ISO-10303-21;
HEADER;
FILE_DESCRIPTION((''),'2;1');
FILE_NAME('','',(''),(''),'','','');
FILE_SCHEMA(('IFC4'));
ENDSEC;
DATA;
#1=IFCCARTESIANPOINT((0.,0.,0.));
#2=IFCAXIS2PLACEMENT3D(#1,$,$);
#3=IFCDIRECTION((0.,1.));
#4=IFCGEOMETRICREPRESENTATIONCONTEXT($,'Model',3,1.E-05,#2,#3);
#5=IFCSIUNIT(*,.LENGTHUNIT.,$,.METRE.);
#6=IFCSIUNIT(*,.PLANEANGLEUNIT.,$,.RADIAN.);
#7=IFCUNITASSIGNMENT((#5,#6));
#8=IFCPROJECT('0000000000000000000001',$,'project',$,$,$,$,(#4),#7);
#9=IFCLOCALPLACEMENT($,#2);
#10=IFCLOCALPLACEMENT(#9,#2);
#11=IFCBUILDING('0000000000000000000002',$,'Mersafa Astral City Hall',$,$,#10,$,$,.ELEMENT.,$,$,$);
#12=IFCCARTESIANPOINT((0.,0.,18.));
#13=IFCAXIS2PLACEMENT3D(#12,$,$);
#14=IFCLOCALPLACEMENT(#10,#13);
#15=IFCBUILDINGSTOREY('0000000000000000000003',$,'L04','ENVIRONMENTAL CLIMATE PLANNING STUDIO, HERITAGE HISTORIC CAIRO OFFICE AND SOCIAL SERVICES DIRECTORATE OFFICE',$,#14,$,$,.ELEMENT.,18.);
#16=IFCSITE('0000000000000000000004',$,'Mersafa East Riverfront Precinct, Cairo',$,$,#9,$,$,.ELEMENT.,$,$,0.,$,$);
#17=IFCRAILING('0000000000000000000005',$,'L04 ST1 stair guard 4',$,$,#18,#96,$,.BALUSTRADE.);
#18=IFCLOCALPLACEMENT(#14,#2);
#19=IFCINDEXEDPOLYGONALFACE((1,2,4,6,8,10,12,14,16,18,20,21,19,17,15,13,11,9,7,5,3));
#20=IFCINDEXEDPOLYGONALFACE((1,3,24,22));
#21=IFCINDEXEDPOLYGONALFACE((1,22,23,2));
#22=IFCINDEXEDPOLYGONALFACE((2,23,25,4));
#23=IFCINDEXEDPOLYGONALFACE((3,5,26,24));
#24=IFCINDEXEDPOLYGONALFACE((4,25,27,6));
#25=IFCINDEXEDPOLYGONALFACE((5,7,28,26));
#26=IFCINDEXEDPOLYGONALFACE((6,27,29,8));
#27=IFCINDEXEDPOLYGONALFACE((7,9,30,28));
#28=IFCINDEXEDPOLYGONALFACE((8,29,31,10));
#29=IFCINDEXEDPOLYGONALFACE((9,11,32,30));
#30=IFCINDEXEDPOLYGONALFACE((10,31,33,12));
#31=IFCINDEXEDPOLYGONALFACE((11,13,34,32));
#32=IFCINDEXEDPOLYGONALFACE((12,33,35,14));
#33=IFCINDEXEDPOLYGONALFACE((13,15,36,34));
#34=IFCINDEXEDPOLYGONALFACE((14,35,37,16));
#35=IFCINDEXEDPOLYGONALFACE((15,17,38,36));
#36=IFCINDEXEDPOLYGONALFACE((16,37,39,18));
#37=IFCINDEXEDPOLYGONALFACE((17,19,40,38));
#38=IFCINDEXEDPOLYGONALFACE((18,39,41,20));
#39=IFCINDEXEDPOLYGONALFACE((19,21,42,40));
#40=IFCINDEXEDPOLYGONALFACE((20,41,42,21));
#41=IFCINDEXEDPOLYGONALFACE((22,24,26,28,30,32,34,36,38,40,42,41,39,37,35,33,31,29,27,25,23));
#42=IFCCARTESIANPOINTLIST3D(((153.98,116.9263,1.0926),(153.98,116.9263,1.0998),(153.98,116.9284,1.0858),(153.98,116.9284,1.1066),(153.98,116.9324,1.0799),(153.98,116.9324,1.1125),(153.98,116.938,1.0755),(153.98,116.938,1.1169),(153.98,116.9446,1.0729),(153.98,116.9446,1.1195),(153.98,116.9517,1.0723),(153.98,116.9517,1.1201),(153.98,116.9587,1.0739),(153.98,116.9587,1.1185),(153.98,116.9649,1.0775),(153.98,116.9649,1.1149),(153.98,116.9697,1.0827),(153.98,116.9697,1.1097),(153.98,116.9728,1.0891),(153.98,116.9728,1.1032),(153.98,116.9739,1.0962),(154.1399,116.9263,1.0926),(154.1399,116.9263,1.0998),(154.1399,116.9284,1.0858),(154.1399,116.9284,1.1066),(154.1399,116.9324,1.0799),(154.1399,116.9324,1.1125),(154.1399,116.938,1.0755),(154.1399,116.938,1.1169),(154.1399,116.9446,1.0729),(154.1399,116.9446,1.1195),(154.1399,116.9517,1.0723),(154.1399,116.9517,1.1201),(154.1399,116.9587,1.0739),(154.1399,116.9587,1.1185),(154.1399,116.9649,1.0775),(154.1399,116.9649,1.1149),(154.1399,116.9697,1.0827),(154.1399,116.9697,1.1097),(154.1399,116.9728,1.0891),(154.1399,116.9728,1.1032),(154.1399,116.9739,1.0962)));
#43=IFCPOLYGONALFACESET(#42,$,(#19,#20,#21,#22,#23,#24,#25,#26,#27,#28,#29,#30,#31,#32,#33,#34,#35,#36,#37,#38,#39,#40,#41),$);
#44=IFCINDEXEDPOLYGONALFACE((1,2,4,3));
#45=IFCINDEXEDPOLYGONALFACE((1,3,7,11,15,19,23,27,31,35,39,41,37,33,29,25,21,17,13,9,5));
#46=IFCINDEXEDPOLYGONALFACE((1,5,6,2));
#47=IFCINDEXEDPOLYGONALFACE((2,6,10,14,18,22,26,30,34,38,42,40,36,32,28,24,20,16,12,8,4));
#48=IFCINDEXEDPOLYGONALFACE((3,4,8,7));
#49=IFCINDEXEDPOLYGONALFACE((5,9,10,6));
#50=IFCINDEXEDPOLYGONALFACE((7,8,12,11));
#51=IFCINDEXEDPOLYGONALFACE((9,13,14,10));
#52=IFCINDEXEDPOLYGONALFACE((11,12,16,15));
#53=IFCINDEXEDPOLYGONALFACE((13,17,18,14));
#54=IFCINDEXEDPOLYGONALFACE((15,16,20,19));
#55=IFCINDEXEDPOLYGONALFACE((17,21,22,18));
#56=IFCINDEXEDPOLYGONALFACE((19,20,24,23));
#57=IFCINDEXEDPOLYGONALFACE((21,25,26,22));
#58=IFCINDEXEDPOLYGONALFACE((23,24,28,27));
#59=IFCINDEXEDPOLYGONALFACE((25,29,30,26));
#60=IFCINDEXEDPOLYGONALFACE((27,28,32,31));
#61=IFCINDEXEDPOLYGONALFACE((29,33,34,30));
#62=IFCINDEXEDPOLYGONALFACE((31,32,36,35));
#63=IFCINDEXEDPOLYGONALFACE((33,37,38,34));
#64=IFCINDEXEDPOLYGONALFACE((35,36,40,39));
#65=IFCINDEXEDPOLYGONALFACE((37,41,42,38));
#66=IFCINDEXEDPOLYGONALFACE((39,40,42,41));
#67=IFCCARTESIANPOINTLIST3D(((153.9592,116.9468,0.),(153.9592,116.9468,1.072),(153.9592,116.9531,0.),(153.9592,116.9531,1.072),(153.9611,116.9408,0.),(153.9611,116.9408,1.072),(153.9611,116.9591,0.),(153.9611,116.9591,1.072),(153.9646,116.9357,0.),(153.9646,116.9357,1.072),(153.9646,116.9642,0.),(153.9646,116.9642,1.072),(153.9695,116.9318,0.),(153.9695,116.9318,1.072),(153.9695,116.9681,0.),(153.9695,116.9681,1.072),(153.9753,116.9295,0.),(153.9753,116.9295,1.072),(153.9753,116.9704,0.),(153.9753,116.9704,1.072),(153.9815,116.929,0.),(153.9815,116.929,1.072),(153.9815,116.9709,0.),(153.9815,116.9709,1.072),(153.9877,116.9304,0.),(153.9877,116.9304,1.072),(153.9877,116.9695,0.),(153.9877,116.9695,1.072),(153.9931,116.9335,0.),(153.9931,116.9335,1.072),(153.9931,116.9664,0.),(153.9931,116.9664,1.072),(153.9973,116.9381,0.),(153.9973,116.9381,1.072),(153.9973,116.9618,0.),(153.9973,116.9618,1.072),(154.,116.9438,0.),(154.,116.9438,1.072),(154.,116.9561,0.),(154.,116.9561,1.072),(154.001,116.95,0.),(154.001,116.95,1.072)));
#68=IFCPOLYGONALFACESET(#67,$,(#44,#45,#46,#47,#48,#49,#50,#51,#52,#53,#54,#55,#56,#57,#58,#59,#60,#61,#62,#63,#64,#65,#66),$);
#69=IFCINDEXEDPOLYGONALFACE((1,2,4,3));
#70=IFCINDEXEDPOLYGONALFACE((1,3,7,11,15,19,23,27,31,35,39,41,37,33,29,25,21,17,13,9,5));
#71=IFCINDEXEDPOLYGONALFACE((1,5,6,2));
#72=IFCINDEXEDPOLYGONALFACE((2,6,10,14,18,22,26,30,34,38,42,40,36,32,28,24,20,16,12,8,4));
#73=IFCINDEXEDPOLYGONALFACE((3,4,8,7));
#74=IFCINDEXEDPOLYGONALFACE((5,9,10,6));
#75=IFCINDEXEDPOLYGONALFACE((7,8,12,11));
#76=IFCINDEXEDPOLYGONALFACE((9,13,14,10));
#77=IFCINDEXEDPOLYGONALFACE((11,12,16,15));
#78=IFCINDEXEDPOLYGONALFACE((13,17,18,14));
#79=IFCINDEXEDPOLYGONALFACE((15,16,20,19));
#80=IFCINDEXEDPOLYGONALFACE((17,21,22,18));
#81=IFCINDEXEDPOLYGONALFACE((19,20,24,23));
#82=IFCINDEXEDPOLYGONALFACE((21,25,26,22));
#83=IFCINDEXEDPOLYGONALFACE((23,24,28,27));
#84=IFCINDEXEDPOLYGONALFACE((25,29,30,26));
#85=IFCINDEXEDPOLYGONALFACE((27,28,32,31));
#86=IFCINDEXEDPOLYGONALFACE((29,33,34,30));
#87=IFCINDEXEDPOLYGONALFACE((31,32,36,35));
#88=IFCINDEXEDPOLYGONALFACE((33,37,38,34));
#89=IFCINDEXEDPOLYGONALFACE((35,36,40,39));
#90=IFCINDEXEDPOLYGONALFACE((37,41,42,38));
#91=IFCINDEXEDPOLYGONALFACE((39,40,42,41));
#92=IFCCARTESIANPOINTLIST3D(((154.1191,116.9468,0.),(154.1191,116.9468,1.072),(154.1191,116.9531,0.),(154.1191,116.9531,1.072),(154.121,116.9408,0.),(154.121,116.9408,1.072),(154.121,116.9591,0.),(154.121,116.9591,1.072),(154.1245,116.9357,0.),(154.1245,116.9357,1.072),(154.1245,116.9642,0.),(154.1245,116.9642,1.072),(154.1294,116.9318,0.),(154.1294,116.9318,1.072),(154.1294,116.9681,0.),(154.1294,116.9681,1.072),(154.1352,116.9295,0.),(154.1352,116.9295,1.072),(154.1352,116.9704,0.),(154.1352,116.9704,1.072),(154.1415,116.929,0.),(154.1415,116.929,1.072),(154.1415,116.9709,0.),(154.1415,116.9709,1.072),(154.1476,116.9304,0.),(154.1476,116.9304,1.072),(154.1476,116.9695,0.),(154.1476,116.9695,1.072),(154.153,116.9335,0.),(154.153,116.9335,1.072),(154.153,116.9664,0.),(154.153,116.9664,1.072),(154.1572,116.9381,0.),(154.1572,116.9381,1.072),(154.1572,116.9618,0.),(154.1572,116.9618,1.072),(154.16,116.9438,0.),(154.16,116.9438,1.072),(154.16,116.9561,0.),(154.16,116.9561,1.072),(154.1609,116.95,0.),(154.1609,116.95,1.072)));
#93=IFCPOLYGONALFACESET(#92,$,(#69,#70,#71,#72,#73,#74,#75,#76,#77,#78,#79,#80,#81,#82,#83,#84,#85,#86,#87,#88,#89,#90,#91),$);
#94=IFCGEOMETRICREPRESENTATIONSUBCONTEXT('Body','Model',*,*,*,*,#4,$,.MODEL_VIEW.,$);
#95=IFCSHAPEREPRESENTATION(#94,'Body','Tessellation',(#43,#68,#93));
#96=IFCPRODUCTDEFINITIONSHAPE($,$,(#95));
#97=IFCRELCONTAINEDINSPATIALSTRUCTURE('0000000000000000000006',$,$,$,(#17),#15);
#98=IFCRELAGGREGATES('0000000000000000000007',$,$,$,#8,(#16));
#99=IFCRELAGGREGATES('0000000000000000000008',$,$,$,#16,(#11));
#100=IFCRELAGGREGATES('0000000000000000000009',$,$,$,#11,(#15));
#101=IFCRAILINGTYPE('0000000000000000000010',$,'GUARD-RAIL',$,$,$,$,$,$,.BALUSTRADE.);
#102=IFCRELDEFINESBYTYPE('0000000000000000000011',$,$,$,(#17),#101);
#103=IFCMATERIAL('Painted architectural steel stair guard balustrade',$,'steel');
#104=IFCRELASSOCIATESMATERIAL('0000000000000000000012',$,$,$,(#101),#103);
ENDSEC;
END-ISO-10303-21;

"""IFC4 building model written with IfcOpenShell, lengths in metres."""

from ifc_helpers import new_model, si_unit, direction, frame, origin, origin_2d, place, context, subcontext, project, spatial, circle, extrude, material, type_object, element, save


model = new_model("IFC4")

# Units and contexts
model_context = context("Model", 3, precision=1e-05, world=origin(), true_north=direction((0.0, 1.0)))
body_context = subcontext(model_context, "Body", "Model", "MODEL_VIEW")
ifc_project = project(units=[si_unit("LENGTHUNIT", "METRE"), si_unit("PLANEANGLEUNIT", "RADIAN")], contexts=[model_context])

# Site, building, storey
site_placement = place(None, origin())
site = spatial("IfcSite", under=ifc_project, at=site_placement, Name="Mersafa East Riverfront Precinct, Cairo", CompositionType="ELEMENT", RefElevation=0.0)
building_placement = place(site_placement, origin())
building = spatial("IfcBuilding", under=site, at=building_placement, Name="Mersafa Astral City Hall", CompositionType="ELEMENT")
storey_placement = place(building_placement, frame((0.0, 0.0, 18.0)))
storey = spatial("IfcBuildingStorey", under=building, at=storey_placement, Name="L04", Description="ENVIRONMENTAL CLIMATE PLANNING STUDIO, HERITAGE HISTORIC CAIRO OFFICE AND SOCIAL SERVICES DIRECTORATE OFFICE", CompositionType="ELEMENT", Elevation=18.0)

# Railing
ifc_material_1 = material(Name="Painted architectural steel stair guard balustrade", Category="steel")
railing_type = type_object("IfcRailingType", Name="GUARD-RAIL", PredefinedType="BALUSTRADE", material=ifc_material_1)
railing_1_placement = place(storey_placement, frame((153.98, 116.95, 0.0)))
element("IfcRailing", 1, at=railing_1_placement, inside=storey, type_object=railing_type, Name="L04 ST1 stair guard 4", PredefinedType="BALUSTRADE", context=body_context, shape_type="SweptSolid", body=[
    extrude(circle(Radius=0.0239, at=origin_2d()), frame((0.0, 0.0, 1.0962), z_axis=(1.0, 0.0, 0.0), x_axis=(0.0, 1.0, 0.0)), (0.0, 0.0, 1.0), 0.1599),
    extrude(circle(Radius=0.021, at=origin_2d()), origin(), (0.0, 0.0, 1.0), 1.072),
    extrude(circle(Radius=0.021, at=origin_2d()), frame((0.1599, 0.0, 0.0)), (0.0, 0.0, 1.0), 1.072),
])

save(model, "model.ifc")
